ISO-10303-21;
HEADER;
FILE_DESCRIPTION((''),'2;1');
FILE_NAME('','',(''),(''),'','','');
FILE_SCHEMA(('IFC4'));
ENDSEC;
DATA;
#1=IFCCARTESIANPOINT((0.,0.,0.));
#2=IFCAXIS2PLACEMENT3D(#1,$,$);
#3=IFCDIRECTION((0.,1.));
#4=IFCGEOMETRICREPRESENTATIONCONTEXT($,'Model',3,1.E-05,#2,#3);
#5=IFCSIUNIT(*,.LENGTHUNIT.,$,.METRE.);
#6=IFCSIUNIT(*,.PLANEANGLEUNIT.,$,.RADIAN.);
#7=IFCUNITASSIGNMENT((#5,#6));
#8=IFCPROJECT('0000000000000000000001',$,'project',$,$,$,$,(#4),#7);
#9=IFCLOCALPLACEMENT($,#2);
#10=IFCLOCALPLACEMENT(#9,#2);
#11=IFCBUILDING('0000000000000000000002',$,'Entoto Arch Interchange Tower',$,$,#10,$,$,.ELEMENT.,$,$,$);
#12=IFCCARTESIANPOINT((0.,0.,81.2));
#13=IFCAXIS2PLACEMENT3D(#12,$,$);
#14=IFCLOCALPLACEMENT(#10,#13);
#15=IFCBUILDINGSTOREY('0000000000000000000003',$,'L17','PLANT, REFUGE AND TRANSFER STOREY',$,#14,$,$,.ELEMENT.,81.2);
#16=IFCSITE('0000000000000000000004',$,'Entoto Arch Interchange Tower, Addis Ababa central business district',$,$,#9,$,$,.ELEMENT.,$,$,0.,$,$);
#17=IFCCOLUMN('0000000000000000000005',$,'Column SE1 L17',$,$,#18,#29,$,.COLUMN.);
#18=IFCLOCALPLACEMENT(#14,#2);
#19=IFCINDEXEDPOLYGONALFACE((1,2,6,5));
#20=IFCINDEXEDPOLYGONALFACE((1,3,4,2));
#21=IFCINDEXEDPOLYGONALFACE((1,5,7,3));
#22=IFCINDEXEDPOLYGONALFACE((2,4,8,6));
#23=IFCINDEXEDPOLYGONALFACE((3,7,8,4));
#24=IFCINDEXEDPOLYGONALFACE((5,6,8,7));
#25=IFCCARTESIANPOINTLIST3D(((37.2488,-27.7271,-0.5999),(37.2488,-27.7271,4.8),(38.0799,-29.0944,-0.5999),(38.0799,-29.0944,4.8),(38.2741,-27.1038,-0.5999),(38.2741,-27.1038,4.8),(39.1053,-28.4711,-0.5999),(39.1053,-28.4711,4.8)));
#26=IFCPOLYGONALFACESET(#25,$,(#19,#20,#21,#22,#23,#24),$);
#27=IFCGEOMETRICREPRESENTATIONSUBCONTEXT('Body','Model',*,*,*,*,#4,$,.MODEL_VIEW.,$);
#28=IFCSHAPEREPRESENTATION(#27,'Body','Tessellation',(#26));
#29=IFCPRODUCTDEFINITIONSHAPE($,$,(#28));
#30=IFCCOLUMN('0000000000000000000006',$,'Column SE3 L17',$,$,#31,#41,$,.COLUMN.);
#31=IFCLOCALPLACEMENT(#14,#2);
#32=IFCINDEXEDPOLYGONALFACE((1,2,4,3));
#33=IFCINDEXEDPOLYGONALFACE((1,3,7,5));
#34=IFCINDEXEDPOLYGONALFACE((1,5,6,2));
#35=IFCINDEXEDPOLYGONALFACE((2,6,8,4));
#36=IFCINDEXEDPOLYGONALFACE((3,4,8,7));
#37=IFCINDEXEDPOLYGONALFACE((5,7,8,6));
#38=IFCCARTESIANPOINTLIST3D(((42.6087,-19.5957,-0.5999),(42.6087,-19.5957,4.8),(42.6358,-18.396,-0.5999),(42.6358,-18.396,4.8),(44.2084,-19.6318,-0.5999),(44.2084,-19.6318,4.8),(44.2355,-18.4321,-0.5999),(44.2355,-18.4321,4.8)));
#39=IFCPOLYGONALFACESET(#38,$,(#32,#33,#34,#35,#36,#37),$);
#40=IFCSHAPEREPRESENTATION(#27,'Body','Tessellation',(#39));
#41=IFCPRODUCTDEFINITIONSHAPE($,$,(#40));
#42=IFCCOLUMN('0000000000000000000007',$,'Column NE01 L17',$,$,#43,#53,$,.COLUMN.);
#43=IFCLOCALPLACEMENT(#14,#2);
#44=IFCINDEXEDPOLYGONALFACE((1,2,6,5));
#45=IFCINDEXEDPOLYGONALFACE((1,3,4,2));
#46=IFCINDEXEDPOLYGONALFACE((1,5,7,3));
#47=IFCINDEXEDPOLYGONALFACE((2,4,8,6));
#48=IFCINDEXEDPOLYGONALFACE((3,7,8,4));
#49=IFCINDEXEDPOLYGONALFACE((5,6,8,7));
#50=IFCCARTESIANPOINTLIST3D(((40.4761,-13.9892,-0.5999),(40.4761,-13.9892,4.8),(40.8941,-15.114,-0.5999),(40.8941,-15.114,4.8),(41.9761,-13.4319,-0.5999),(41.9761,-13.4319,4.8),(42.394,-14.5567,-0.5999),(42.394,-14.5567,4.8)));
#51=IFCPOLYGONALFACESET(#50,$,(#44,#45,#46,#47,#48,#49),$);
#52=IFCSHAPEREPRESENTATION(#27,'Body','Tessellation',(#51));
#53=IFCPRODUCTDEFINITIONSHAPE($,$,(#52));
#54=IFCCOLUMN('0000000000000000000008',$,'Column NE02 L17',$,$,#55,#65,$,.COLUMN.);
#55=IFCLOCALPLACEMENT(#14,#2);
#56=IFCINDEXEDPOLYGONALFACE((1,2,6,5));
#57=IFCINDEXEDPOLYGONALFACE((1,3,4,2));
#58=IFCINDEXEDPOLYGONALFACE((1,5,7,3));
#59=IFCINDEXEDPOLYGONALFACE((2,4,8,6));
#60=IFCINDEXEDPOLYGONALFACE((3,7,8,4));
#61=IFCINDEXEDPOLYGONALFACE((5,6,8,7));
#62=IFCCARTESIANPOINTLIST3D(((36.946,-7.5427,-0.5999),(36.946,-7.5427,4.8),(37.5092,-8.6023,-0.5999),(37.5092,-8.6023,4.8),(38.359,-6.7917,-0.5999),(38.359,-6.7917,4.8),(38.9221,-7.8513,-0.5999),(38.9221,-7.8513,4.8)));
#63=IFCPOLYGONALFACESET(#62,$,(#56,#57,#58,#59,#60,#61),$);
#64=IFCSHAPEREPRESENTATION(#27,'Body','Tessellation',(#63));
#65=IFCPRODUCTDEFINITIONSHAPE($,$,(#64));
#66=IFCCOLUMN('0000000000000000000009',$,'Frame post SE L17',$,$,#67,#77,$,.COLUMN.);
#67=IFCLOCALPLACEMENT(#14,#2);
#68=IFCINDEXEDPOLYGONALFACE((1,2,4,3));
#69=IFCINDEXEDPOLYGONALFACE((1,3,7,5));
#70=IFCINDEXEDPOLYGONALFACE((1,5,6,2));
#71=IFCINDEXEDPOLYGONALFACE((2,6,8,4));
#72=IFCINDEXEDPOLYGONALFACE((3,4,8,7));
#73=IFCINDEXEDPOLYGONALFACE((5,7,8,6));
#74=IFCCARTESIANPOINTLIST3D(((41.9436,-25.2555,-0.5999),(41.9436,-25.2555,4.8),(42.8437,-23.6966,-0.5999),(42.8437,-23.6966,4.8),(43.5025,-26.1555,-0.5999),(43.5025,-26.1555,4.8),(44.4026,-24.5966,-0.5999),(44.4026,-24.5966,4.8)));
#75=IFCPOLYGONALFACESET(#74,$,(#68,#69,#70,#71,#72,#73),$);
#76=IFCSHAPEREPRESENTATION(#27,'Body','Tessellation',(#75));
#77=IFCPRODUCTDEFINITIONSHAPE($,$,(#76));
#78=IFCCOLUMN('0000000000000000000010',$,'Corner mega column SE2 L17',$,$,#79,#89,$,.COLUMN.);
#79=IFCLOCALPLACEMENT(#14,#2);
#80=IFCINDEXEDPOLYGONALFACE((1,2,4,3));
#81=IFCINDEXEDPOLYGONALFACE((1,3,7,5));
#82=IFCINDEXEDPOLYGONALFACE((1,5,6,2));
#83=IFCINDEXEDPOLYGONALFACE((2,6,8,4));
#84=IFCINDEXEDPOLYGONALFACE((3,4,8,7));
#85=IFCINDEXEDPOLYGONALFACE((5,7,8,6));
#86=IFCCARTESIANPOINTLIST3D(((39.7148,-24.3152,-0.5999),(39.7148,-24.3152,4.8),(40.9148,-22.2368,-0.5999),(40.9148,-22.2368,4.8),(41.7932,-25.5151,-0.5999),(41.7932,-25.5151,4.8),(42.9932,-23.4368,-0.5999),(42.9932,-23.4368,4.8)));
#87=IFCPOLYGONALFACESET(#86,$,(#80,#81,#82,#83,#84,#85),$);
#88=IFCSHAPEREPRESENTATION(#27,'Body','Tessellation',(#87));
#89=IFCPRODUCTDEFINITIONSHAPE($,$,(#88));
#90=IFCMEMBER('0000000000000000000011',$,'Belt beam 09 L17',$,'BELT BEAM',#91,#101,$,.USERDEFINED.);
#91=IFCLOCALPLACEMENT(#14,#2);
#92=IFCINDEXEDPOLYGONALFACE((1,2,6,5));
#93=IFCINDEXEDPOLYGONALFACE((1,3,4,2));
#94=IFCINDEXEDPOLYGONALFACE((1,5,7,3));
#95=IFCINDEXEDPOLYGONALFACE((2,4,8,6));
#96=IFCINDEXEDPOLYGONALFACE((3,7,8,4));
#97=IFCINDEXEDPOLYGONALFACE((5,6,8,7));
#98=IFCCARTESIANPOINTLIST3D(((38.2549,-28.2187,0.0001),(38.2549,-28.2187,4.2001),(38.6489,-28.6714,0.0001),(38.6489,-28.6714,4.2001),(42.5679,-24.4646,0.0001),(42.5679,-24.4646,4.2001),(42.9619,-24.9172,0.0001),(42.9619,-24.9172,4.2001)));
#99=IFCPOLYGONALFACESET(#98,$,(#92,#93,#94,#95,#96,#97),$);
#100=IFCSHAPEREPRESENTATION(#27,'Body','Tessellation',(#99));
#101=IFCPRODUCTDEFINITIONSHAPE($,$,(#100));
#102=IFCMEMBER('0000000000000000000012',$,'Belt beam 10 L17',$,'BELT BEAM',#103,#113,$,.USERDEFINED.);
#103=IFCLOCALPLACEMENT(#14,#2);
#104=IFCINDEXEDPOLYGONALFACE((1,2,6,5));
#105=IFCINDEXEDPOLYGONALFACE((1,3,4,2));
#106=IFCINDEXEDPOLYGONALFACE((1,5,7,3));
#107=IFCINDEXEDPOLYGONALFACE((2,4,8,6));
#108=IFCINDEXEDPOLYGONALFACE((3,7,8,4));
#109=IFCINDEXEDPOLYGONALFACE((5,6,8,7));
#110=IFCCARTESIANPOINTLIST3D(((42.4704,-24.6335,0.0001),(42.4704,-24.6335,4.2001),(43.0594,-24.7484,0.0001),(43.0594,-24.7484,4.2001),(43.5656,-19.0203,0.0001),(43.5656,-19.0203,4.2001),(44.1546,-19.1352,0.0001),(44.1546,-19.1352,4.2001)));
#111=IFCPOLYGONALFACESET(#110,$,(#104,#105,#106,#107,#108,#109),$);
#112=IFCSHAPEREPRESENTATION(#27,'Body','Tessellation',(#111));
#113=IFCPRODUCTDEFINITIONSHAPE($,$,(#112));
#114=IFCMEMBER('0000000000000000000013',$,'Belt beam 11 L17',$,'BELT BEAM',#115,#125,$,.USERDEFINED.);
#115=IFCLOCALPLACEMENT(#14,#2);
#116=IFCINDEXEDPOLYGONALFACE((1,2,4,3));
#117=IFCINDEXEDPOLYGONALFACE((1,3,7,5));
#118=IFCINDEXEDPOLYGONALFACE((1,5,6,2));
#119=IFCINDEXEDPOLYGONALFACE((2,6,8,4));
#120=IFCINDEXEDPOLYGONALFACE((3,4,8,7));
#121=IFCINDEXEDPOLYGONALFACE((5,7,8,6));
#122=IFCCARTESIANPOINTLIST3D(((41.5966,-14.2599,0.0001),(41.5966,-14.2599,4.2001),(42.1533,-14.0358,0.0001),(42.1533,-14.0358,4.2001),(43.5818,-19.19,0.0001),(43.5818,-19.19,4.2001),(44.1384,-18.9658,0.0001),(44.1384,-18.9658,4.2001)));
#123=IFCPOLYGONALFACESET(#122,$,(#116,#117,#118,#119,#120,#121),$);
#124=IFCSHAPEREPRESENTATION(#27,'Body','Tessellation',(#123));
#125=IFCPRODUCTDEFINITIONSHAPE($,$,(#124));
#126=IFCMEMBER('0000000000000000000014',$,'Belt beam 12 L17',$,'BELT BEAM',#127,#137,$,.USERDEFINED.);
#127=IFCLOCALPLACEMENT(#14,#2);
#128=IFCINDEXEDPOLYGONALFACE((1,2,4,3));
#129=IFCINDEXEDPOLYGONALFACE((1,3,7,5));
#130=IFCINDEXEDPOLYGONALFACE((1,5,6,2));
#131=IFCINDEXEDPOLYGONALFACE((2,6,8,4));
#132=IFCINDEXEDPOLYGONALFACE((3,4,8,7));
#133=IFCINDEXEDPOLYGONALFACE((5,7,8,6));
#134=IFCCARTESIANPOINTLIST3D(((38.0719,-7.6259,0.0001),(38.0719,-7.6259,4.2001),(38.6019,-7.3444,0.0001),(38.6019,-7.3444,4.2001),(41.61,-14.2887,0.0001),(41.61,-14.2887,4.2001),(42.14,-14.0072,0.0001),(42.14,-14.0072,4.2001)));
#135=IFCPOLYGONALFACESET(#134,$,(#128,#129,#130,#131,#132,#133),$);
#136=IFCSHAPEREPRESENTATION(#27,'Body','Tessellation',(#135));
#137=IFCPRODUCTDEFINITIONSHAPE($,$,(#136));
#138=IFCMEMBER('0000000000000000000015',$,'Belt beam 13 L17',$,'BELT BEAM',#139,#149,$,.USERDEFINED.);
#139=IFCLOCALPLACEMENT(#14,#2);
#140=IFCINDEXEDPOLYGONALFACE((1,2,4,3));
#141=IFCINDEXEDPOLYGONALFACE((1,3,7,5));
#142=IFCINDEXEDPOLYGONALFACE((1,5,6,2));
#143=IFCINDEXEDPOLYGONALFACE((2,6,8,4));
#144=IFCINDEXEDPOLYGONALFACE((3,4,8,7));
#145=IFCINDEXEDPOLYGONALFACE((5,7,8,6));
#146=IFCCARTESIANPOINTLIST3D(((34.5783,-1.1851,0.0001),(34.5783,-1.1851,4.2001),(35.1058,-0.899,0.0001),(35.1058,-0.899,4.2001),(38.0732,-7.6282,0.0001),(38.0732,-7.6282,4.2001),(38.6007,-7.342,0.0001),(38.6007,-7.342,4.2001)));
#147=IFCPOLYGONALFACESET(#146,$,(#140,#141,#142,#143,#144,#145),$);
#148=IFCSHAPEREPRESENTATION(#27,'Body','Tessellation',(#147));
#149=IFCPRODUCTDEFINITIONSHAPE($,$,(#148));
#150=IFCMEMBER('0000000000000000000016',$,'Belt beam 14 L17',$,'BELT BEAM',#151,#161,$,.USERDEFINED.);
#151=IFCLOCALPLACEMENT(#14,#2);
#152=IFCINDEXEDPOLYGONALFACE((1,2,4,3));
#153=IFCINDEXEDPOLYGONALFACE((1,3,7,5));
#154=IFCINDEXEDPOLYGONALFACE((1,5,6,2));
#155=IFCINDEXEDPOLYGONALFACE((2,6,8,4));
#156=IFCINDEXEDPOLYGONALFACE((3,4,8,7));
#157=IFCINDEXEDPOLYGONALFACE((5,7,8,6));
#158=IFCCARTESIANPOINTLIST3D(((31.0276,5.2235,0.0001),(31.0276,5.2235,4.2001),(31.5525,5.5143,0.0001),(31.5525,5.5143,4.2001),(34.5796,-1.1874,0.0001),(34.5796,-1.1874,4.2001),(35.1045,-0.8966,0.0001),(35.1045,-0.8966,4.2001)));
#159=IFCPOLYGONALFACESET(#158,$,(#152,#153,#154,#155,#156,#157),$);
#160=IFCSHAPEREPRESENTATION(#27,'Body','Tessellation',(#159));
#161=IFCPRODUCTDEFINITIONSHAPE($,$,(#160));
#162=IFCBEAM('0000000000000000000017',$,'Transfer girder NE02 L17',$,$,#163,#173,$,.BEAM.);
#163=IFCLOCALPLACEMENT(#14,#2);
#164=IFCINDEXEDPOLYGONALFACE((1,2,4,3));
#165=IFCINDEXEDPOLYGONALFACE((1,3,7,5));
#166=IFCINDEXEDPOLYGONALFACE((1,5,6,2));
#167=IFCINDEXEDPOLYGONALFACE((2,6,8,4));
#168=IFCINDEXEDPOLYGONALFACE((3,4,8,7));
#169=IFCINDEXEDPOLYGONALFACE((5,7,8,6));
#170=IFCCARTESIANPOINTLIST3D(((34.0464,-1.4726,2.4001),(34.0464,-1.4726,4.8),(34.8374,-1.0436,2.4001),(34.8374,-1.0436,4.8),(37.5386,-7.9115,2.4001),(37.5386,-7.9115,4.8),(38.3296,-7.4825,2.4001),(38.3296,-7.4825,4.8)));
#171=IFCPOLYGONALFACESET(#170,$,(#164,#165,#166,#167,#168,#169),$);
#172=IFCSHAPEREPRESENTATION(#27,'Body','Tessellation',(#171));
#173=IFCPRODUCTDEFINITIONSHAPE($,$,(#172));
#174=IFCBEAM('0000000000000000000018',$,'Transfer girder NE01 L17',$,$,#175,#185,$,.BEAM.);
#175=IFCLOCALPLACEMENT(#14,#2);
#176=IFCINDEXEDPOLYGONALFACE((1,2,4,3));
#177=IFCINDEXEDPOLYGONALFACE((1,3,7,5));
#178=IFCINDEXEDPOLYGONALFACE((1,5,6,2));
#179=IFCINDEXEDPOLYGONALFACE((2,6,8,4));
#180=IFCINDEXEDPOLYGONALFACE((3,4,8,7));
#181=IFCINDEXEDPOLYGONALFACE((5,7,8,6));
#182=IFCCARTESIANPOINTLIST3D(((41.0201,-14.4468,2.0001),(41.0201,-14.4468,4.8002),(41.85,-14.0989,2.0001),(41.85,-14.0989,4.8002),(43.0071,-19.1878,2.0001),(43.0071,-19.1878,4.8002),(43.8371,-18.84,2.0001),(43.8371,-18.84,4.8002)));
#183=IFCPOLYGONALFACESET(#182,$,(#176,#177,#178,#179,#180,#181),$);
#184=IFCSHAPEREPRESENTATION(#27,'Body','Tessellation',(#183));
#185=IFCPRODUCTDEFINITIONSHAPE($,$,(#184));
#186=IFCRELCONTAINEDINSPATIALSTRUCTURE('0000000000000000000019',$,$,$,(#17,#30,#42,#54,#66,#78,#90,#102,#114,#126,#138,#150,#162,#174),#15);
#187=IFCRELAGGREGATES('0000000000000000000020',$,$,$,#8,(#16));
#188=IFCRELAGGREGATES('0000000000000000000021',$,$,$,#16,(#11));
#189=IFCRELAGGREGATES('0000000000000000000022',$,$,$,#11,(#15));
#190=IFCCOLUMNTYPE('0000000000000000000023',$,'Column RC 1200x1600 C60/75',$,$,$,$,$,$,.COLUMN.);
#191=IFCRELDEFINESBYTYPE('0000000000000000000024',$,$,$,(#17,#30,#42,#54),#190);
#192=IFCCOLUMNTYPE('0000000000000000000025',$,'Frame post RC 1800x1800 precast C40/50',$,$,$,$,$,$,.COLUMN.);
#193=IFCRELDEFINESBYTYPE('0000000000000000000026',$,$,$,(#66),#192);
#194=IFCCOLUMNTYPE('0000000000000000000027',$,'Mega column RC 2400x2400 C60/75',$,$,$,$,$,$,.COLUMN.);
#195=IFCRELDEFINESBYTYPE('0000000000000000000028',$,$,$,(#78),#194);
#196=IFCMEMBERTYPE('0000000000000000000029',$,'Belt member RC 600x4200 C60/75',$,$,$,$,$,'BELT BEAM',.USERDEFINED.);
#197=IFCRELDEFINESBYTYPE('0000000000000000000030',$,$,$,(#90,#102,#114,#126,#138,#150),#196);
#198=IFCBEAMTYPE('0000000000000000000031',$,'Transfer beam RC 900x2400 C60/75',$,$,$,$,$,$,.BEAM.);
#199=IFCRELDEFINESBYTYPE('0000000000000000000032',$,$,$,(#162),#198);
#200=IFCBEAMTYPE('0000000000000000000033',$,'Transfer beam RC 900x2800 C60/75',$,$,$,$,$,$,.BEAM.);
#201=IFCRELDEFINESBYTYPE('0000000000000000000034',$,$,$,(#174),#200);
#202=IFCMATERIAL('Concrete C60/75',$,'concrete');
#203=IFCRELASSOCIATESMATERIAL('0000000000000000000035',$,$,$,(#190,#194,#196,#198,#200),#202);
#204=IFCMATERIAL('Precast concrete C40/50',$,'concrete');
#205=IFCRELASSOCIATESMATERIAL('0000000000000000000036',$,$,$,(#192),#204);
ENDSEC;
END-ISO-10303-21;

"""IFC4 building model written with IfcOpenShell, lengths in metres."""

from ifc_helpers import new_model, si_unit, direction, frame, origin, origin_2d, place, context, subcontext, project, spatial, rectangle, extrude, material, material_profile, profile_set, type_object, element, save


model = new_model("IFC4")

# Units and contexts
model_context = context("Model", 3, precision=1e-05, world=origin(), true_north=direction((0.0, 1.0)))
body_context = subcontext(model_context, "Body", "Model", "MODEL_VIEW")
ifc_project = project(units=[si_unit("LENGTHUNIT", "METRE"), si_unit("PLANEANGLEUNIT", "RADIAN")], contexts=[model_context])

# Site, building, storey
site_placement = place(None, origin())
site = spatial("IfcSite", under=ifc_project, at=site_placement, Name="Entoto Arch Interchange Tower, Addis Ababa central business district", CompositionType="ELEMENT", RefElevation=0.0)
building_placement = place(site_placement, origin())
building = spatial("IfcBuilding", under=site, at=building_placement, Name="Entoto Arch Interchange Tower", CompositionType="ELEMENT")
storey_placement = place(building_placement, frame((0.0, 0.0, 81.2)))
storey = spatial("IfcBuildingStorey", under=building, at=storey_placement, Name="L17", Description="PLANT, REFUGE AND TRANSFER STOREY", CompositionType="ELEMENT", Elevation=81.2)

# Columns
ifc_material_1 = material(Name="Concrete C60/75", Category="concrete")
ifc_material_profile_1 = material_profile(ifc_material_1, rectangle(XDim=1.2, YDim=1.6001, at=origin_2d()))
ifc_profile_set_1 = profile_set([ifc_material_profile_1], Name="Concrete C60/75")
column_type_1 = type_object("IfcColumnType", Name="Column RC 1200x1600 C60/75", PredefinedType="COLUMN", material=ifc_profile_set_1)
for number, where, z_axis, x_axis, name in (
    (1, (38.177, -28.0991, -0.5999), (0.0, 0.0, 1.0), (0.854522, 0.519415, 0.0), "Column SE1 L17"),
    (2, (43.4221, -19.0139, -0.5999), (0.0, 0.0, 1.0), (0.022565, 0.999745, 0.0), "Column SE3 L17"),
    (3, (41.4351, -14.2729, -0.5999), (0.0, 0.0, 1.0), (-0.348278, 0.937391, 0.0), "Column NE01 L17"),
    (4, (37.9341, -7.697, -0.5999), (0.0, 0.0, 1.0), (-0.469317, 0.88303, 0.0), "Column NE02 L17"),
):
    element("IfcColumn", number, at=place(storey_placement, frame(where, z_axis=z_axis, x_axis=x_axis)), inside=storey, type_object=column_type_1, Name=name, PredefinedType="COLUMN", context=body_context, shape_type="SweptSolid", body=[
        extrude(rectangle(XDim=1.2, YDim=1.6001, at=origin_2d()), origin(), (0.0, 0.0, 1.0), 5.3999),
    ])
ifc_material_2 = material(Name="Precast concrete C40/50", Category="concrete")
ifc_material_profile_2 = material_profile(ifc_material_2, rectangle(XDim=1.8, YDim=1.8, at=origin_2d()))
ifc_profile_set_2 = profile_set([ifc_material_profile_2], Name="Precast concrete C40/50")
column_type_2 = type_object("IfcColumnType", Name="Frame post RC 1800x1800 precast C40/50", PredefinedType="COLUMN", material=ifc_profile_set_2)
column_1_placement = place(storey_placement, frame((43.1731, -24.926, -0.5999), z_axis=(0.0, 0.0, 1.0), x_axis=(-0.866025, 0.5, 0.0)))
element("IfcColumn", 5, at=column_1_placement, inside=storey, type_object=column_type_2, Name="Frame post SE L17", PredefinedType="COLUMN", context=body_context, shape_type="SweptSolid", body=[
    extrude(rectangle(XDim=1.8, YDim=1.8, at=origin_2d()), origin(), (0.0, 0.0, 1.0), 5.3999),
])
ifc_material_profile_3 = material_profile(ifc_material_1, rectangle(XDim=2.3999, YDim=2.3999, at=origin_2d()))
ifc_profile_set_3 = profile_set([ifc_material_profile_3], Name="Concrete C60/75")
column_type_3 = type_object("IfcColumnType", Name="Mega column RC 2400x2400 C60/75", PredefinedType="COLUMN", material=ifc_profile_set_3)
column_2_placement = place(storey_placement, frame((41.354, -23.876, -0.5999), z_axis=(0.0, 0.0, 1.0), x_axis=(-0.866025, 0.5, 0.0)))
element("IfcColumn", 6, at=column_2_placement, inside=storey, type_object=column_type_3, Name="Corner mega column SE2 L17", PredefinedType="COLUMN", context=body_context, shape_type="SweptSolid", body=[
    extrude(rectangle(XDim=2.3999, YDim=2.3999, at=origin_2d()), origin(), (0.0, 0.0, 1.0), 5.3999),
])

# Members
ifc_material_profile_4 = material_profile(ifc_material_1, rectangle(XDim=0.6001, YDim=4.2, at=origin_2d()))
ifc_profile_set_4 = profile_set([ifc_material_profile_4], Name="Concrete C60/75")
member_type = type_object("IfcMemberType", Name="Belt member RC 600x4200 C60/75", ElementType="BELT BEAM", PredefinedType="USERDEFINED", material=ifc_profile_set_4)
member_1_placement = place(storey_placement, frame((38.4519, -28.4451, 2.1001), z_axis=(0.754283, 0.65655, 0.0), x_axis=(-0.65655, 0.754283, 0.0)))
element("IfcMember", 7, at=member_1_placement, inside=storey, type_object=member_type, Name="Belt beam 09 L17", ObjectType="BELT BEAM", PredefinedType="USERDEFINED", context=body_context, shape_type="SweptSolid", body=[
    extrude(rectangle(XDim=0.6001, YDim=4.2, at=origin_2d()), origin(), (0.0, 0.0, 1.0), 5.718),
])
member_2_placement = place(storey_placement, frame((42.7649, -24.6909, 2.1001), z_axis=(0.191508, 0.981491, 0.0), x_axis=(-0.981491, 0.191508, 0.0)))
element("IfcMember", 8, at=member_2_placement, inside=storey, type_object=member_type, Name="Belt beam 10 L17", ObjectType="BELT BEAM", PredefinedType="USERDEFINED", context=body_context, shape_type="SweptSolid", body=[
    extrude(rectangle(XDim=0.6001, YDim=4.2, at=origin_2d()), origin(), (0.0, 0.0, 1.0), 5.719),
])
member_3_placement = place(storey_placement, frame((43.8601, -19.0779, 2.1001), z_axis=(-0.37352, 0.927622, 0.0), x_axis=(-0.927622, -0.37352, 0.0)))
element("IfcMember", 9, at=member_3_placement, inside=storey, type_object=member_type, Name="Belt beam 11 L17", ObjectType="BELT BEAM", PredefinedType="USERDEFINED", context=body_context, shape_type="SweptSolid", body=[
    extrude(rectangle(XDim=0.6001, YDim=4.2, at=origin_2d()), origin(), (0.0, 0.0, 1.0), 5.3147),
])
member_4_placement = place(storey_placement, frame((41.875, -14.1479, 2.1001), z_axis=(-0.468995, 0.883201, 0.0), x_axis=(-0.883201, -0.468995, 0.0)))
element("IfcMember", 10, at=member_4_placement, inside=storey, type_object=member_type, Name="Belt beam 12 L17", ObjectType="BELT BEAM", PredefinedType="USERDEFINED", context=body_context, shape_type="SweptSolid", body=[
    extrude(rectangle(XDim=0.6001, YDim=4.2, at=origin_2d()), origin(), (0.0, 0.0, 1.0), 7.5439),
])
member_5_placement = place(storey_placement, frame((38.3369, -7.4851, 2.1001), z_axis=(-0.476795, 0.879015, 0.0), x_axis=(-0.879015, -0.476795, 0.0)))
element("IfcMember", 11, at=member_5_placement, inside=storey, type_object=member_type, Name="Belt beam 13 L17", ObjectType="BELT BEAM", PredefinedType="USERDEFINED", context=body_context, shape_type="SweptSolid", body=[
    extrude(rectangle(XDim=0.6001, YDim=4.2, at=origin_2d()), origin(), (0.0, 0.0, 1.0), 7.3298),
])
member_6_placement = place(storey_placement, frame((34.842, -1.042, 2.1001), z_axis=(-0.484641, 0.874713, 0.0), x_axis=(-0.874713, -0.484641, 0.0)))
element("IfcMember", 12, at=member_6_placement, inside=storey, type_object=member_type, Name="Belt beam 14 L17", ObjectType="BELT BEAM", PredefinedType="USERDEFINED", context=body_context, shape_type="SweptSolid", body=[
    extrude(rectangle(XDim=0.6001, YDim=4.2, at=origin_2d()), origin(), (0.0, 0.0, 1.0), 7.3291),
])

# Beams
ifc_material_profile_5 = material_profile(ifc_material_1, rectangle(XDim=0.8999, YDim=2.3999, at=origin_2d()))
ifc_profile_set_5 = profile_set([ifc_material_profile_5], Name="Concrete C60/75")
beam_type_1 = type_object("IfcBeamType", Name="Transfer beam RC 900x2400 C60/75", PredefinedType="BEAM", material=ifc_profile_set_5)
beam_1_placement = place(storey_placement, frame((37.9341, -7.697, 3.6001), z_axis=(-0.476749, 0.879039, 0.0), x_axis=(-0.879039, -0.476749, 0.0)))
element("IfcBeam", 13, at=beam_1_placement, inside=storey, type_object=beam_type_1, Name="Transfer girder NE02 L17", PredefinedType="BEAM", context=body_context, shape_type="SweptSolid", body=[
    extrude(rectangle(XDim=0.8999, YDim=2.3999, at=origin_2d()), origin(), (0.0, 0.0, 1.0), 7.325),
])
ifc_material_profile_6 = material_profile(ifc_material_1, rectangle(XDim=0.8999, YDim=2.8, at=origin_2d()))
ifc_profile_set_6 = profile_set([ifc_material_profile_6], Name="Concrete C60/75")
beam_type_2 = type_object("IfcBeamType", Name="Transfer beam RC 900x2800 C60/75", PredefinedType="BEAM", material=ifc_profile_set_6)
beam_2_placement = place(storey_placement, frame((43.4221, -19.0139, 3.4001), z_axis=(-0.386547, 0.92227, 0.0), x_axis=(-0.92227, -0.386547, 0.0)))
element("IfcBeam", 14, at=beam_2_placement, inside=storey, type_object=beam_type_2, Name="Transfer girder NE01 L17", PredefinedType="BEAM", context=body_context, shape_type="SweptSolid", body=[
    extrude(rectangle(XDim=0.8999, YDim=2.8, at=origin_2d()), origin(), (0.0, 0.0, 1.0), 5.1406),
])

save(model, "model.ifc")
